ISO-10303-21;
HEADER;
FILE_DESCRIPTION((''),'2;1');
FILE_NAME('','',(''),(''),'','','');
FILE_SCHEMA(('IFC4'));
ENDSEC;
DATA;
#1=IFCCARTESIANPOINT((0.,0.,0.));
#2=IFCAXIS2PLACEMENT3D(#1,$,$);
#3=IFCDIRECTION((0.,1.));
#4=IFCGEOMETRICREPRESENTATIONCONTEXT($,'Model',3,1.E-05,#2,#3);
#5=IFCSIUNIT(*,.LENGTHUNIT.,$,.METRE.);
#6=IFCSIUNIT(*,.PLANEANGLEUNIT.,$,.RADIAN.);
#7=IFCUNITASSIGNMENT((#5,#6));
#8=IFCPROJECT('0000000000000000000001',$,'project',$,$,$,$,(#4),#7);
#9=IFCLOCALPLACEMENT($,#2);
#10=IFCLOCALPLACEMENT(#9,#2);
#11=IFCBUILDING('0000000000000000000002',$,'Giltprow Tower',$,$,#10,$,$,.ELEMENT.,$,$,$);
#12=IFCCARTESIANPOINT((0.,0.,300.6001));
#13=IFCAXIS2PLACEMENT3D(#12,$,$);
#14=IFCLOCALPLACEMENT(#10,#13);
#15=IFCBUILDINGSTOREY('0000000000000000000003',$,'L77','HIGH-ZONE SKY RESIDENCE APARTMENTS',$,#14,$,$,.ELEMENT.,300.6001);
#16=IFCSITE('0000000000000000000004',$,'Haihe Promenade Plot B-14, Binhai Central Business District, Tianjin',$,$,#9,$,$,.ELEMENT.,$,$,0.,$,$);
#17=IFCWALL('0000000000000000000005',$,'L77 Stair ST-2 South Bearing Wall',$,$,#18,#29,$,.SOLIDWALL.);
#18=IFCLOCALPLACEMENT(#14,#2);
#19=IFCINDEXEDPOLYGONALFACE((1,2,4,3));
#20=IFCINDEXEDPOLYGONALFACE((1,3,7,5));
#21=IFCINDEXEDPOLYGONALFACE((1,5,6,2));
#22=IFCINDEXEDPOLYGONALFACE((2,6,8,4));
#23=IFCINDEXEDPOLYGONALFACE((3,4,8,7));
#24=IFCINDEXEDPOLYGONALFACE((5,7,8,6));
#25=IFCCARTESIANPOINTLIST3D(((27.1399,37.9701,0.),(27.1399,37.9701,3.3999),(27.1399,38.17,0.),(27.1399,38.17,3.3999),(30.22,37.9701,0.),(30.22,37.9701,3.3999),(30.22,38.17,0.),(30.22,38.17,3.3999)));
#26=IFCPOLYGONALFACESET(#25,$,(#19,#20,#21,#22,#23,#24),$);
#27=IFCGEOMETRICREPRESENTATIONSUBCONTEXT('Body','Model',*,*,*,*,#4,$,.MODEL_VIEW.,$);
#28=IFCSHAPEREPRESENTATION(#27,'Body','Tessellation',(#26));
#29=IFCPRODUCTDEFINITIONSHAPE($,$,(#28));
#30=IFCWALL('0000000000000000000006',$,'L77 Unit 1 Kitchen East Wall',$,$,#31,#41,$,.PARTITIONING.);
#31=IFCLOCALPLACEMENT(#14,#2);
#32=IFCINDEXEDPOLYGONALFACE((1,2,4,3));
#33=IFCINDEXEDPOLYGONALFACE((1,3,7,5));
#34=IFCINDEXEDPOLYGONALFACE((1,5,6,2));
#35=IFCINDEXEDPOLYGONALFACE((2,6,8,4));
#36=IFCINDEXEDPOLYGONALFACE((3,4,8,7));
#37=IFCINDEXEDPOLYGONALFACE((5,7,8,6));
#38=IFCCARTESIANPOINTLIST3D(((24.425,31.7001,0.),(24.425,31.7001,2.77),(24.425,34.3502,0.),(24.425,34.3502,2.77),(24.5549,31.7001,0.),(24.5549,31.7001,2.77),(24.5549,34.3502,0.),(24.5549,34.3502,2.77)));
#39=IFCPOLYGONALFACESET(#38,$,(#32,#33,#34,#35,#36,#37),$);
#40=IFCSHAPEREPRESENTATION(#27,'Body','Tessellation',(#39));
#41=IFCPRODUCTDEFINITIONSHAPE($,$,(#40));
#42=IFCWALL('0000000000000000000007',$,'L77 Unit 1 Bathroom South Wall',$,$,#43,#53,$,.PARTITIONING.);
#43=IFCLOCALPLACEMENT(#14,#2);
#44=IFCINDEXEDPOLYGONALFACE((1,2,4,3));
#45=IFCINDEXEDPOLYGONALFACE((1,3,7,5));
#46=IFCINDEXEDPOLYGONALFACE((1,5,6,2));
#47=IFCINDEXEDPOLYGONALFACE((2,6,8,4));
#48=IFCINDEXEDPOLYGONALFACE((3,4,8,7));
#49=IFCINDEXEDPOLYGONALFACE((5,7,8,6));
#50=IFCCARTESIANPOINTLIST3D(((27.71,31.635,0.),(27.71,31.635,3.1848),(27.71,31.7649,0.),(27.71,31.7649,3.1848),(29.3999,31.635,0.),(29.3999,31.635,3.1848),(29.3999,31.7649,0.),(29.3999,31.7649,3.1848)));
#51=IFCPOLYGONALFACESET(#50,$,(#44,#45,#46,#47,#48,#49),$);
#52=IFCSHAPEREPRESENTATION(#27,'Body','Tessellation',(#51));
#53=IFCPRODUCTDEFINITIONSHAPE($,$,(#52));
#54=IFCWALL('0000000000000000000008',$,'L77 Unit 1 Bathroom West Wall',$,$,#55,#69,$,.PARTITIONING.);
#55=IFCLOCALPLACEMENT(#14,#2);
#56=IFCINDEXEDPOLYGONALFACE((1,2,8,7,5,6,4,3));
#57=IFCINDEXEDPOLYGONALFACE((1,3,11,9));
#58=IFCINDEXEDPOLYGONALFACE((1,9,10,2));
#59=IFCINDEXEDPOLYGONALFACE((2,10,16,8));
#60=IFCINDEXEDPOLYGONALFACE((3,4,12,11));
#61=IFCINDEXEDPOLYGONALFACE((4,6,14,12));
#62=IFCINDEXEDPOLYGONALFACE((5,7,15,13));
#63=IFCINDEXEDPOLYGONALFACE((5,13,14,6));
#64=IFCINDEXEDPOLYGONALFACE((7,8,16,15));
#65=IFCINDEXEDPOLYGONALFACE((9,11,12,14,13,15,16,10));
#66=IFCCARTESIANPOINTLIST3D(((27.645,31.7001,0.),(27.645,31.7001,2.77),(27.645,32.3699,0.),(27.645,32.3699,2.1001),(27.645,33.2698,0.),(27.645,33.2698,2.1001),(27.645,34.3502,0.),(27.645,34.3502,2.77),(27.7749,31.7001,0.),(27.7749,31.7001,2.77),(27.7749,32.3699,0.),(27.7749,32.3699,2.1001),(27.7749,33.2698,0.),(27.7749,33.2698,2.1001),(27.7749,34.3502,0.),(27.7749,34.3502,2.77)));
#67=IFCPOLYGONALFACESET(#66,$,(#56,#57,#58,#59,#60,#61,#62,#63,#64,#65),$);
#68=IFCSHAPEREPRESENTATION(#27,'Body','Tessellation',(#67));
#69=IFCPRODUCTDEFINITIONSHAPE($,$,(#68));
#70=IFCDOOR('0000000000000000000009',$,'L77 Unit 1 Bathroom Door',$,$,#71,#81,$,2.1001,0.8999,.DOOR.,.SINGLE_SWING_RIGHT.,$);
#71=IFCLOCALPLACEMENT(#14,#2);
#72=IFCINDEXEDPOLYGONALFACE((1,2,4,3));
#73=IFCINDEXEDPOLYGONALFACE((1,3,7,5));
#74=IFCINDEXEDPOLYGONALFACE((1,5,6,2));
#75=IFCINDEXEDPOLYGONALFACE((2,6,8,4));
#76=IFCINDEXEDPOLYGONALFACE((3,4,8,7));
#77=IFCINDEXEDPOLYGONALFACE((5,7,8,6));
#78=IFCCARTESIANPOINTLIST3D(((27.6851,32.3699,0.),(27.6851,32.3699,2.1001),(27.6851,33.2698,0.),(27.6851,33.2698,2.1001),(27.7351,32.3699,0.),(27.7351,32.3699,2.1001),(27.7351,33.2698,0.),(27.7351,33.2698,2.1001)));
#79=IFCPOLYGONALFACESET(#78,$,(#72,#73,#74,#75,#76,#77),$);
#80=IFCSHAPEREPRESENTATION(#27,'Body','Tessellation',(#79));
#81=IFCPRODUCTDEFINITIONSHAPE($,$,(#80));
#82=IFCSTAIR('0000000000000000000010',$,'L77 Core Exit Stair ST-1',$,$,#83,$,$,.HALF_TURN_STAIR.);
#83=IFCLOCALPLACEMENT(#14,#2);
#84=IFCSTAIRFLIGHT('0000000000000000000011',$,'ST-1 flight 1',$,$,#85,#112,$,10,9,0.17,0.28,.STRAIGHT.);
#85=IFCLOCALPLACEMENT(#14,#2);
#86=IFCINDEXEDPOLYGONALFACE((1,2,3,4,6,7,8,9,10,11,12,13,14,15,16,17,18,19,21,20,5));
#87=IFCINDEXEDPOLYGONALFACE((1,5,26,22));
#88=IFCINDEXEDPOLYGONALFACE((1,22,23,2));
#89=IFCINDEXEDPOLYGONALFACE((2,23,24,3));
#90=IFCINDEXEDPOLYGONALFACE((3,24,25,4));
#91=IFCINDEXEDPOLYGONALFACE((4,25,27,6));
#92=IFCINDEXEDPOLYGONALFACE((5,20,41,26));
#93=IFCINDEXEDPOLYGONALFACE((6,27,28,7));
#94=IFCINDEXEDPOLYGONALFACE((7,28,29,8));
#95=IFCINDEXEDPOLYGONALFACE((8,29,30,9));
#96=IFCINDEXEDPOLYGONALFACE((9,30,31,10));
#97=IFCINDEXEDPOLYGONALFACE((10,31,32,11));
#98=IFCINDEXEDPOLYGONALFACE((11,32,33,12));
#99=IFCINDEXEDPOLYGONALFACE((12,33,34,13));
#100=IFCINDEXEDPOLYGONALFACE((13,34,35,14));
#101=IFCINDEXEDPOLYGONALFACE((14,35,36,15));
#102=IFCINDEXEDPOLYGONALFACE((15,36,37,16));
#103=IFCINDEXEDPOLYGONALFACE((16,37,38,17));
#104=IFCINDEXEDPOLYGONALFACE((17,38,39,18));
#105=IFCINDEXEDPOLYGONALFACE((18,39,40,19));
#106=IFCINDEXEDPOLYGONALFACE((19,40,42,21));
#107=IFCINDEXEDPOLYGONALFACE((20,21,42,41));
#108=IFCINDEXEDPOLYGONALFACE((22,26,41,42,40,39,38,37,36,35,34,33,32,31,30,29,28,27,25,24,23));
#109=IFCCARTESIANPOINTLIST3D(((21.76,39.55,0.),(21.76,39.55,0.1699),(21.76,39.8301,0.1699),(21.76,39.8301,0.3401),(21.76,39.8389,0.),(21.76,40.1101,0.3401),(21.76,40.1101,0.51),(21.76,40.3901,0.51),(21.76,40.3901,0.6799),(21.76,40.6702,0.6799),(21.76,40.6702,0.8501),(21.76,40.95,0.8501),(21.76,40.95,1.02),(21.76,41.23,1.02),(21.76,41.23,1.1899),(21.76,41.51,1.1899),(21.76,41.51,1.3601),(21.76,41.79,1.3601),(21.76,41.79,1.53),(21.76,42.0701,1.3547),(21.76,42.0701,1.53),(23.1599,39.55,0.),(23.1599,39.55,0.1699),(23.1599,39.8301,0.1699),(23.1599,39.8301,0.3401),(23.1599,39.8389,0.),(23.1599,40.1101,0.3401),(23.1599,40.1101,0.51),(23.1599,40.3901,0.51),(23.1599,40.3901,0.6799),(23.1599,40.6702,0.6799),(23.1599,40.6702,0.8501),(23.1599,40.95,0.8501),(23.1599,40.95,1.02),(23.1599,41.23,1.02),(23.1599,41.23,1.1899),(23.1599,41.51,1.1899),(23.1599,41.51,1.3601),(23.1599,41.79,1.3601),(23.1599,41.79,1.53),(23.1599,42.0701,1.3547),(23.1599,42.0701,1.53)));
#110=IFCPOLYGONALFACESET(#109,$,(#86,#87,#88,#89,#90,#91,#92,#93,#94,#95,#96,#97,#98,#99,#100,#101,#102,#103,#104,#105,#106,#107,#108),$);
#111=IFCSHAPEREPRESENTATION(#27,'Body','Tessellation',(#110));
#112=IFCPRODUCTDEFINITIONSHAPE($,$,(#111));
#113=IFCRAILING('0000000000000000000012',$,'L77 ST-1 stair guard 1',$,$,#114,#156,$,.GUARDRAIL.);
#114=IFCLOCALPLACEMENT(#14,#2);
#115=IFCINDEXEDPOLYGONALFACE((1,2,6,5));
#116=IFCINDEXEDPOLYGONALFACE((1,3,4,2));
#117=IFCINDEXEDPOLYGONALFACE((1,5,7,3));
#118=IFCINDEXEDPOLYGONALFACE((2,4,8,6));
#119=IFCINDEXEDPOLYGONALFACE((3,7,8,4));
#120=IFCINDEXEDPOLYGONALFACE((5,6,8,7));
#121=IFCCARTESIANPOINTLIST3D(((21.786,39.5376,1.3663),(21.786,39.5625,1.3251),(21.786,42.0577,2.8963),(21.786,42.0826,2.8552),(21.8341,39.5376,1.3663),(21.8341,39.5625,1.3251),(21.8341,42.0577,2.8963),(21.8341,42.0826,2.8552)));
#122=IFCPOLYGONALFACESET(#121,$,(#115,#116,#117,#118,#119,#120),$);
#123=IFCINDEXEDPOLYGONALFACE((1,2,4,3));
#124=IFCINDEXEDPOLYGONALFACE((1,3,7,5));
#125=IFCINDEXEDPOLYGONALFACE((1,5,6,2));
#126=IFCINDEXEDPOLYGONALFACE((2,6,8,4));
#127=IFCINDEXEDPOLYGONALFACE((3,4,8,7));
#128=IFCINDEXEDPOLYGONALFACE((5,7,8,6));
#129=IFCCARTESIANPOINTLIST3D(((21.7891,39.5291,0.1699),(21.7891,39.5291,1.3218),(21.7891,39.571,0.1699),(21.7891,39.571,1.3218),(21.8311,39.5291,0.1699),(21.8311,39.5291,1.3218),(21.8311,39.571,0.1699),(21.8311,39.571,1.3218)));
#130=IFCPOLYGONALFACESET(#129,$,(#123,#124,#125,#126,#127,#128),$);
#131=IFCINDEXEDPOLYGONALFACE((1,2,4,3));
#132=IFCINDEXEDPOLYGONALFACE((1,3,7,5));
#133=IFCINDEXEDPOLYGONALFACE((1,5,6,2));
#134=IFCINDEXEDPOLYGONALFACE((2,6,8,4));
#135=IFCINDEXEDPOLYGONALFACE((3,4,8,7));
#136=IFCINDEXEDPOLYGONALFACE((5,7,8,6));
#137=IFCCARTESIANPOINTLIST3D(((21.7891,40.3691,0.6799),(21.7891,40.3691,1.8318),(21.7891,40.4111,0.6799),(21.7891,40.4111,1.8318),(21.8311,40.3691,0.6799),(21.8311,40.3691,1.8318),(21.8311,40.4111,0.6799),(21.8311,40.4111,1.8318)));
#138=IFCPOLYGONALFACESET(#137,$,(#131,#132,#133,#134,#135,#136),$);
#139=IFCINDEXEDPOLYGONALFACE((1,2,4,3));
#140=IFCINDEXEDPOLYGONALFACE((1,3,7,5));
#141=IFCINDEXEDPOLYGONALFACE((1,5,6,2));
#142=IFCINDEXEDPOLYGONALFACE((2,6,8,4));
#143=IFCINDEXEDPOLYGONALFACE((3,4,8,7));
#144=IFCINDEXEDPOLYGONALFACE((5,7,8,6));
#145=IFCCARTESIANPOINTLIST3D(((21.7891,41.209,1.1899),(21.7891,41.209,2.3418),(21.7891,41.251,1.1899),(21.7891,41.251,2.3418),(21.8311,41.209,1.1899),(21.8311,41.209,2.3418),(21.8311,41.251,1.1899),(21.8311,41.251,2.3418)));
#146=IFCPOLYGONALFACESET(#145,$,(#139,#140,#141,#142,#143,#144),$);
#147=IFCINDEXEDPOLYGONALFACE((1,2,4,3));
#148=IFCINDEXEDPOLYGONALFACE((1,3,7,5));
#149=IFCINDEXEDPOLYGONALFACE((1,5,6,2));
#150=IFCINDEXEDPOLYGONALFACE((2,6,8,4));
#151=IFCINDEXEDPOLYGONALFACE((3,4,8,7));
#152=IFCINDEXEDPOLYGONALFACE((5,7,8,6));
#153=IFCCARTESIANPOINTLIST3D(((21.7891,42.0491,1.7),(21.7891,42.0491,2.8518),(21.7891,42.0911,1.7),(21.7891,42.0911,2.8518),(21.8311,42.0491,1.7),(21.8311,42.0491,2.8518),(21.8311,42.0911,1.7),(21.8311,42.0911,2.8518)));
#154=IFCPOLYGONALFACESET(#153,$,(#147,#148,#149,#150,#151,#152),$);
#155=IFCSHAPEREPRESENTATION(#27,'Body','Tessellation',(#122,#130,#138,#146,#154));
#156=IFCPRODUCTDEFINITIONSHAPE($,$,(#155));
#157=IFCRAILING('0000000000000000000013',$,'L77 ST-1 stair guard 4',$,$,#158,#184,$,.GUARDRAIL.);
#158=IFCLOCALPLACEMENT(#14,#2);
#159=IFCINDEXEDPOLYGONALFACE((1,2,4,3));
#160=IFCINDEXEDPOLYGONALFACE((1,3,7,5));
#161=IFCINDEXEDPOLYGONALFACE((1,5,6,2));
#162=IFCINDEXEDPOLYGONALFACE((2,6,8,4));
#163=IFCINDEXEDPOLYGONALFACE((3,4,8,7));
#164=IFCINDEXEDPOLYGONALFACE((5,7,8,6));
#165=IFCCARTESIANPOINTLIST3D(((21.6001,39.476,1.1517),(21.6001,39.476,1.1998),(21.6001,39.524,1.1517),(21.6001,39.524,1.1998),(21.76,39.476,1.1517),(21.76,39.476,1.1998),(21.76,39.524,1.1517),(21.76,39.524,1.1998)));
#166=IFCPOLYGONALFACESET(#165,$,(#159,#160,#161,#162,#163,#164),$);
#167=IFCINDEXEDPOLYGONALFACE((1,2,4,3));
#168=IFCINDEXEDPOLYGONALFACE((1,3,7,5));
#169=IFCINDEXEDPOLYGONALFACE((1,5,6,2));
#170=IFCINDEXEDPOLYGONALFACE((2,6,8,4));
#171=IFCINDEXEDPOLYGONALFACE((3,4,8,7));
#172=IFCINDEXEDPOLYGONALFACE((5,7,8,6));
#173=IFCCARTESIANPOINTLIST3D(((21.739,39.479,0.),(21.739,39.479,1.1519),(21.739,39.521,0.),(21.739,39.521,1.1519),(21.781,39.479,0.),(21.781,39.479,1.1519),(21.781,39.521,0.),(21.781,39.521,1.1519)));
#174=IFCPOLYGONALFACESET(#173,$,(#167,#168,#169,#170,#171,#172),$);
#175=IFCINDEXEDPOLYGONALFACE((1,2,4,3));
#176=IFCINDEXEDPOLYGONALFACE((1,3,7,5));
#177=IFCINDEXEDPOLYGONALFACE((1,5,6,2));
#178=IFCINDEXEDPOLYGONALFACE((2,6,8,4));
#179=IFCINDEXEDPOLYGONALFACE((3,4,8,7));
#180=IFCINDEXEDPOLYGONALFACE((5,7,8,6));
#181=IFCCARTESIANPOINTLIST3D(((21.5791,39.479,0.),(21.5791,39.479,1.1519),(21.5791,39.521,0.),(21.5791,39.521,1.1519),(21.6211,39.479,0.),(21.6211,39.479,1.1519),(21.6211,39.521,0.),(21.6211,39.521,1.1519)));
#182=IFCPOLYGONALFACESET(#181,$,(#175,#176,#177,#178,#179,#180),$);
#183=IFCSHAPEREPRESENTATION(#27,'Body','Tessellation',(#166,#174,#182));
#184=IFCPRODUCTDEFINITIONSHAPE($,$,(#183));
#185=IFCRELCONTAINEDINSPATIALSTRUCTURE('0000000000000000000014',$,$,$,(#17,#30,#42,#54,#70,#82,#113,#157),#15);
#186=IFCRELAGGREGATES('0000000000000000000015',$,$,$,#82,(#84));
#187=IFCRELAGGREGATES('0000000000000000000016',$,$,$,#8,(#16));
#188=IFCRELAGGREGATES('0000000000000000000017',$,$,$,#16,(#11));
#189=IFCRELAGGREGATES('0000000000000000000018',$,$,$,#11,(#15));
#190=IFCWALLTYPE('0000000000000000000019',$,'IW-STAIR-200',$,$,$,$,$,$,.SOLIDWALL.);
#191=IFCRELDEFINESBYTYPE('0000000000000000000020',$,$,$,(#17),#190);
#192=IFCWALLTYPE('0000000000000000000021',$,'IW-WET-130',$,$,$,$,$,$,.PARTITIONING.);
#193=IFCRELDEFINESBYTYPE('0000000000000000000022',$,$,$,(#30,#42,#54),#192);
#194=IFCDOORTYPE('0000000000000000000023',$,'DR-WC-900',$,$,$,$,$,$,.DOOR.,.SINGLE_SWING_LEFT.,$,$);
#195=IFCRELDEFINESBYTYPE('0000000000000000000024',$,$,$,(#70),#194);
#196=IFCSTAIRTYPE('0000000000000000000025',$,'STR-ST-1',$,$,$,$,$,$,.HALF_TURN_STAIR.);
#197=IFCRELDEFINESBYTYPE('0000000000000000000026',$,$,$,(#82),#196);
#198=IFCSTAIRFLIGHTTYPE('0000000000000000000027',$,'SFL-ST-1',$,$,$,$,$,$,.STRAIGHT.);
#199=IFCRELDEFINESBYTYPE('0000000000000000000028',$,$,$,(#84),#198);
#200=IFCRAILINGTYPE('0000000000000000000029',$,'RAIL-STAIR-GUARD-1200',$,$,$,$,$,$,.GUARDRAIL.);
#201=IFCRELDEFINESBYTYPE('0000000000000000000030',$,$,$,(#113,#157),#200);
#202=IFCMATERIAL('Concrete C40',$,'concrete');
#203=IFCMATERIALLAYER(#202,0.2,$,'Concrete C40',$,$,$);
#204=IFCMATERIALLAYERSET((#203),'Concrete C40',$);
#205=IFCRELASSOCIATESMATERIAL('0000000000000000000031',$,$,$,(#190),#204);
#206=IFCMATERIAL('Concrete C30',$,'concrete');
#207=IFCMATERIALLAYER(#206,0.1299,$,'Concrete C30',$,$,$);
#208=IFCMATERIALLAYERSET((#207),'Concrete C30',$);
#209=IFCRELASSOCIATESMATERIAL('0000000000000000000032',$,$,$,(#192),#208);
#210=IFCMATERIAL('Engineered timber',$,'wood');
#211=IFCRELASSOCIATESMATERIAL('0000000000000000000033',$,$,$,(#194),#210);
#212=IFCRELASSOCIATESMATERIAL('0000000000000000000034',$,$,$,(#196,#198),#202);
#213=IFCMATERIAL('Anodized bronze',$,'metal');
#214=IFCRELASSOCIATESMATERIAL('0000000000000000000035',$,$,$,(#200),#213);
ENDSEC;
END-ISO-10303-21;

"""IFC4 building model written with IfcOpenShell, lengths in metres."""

from ifc_helpers import new_model, si_unit, direction, frame, frame_2d, origin, origin_2d, place, context, subcontext, project, spatial, polyline, rectangle, outline, extrude, source, transform, mapped, material, layer, layer_set, type_object, element, fill, aggregate, save


model = new_model("IFC4")

# Units and contexts
model_context = context("Model", 3, precision=1e-05, world=origin(), true_north=direction((0.0, 1.0)))
body_context = subcontext(model_context, "Body", "Model", "MODEL_VIEW")
ifc_project = project(units=[si_unit("LENGTHUNIT", "METRE"), si_unit("PLANEANGLEUNIT", "RADIAN")], contexts=[model_context])

# Site, building, storey
site_placement = place(None, origin())
site = spatial("IfcSite", under=ifc_project, at=site_placement, Name="Haihe Promenade Plot B-14, Binhai Central Business District, Tianjin", CompositionType="ELEMENT", RefElevation=0.0)
building_placement = place(site_placement, origin())
building = spatial("IfcBuilding", under=site, at=building_placement, Name="Giltprow Tower", CompositionType="ELEMENT")
storey_placement = place(building_placement, frame((0.0, 0.0, 300.6001)))
storey = spatial("IfcBuildingStorey", under=building, at=storey_placement, Name="L77", Description="HIGH-ZONE SKY RESIDENCE APARTMENTS", CompositionType="ELEMENT", Elevation=300.6001)

# Shared definitions
ifc_material_1 = material(Name="Concrete C40", Category="concrete")
ifc_layer_1 = layer(ifc_material_1, 0.2, Name="Concrete C40")
ifc_layer_set_1 = layer_set([ifc_layer_1], Name="Concrete C40")
wall_type_1 = type_object("IfcWallType", Name="IW-STAIR-200", PredefinedType="SOLIDWALL", material=ifc_layer_set_1)

# Walls
wall_1_placement = place(storey_placement, frame((27.1399, 38.0701, 0.0), z_axis=(0.0, 0.0, 1.0), x_axis=(1.0, 0.0, 0.0)))
element("IfcWall", 1, at=wall_1_placement, inside=storey, type_object=wall_type_1, Name="L77 Stair ST-2 South Bearing Wall", PredefinedType="SOLIDWALL", context=body_context, shape_type="SweptSolid", body=[
    extrude(rectangle(XDim=3.0801, YDim=0.2, at=frame_2d((1.54, 0.0))), origin(), (0.0, 0.0, 1.0), 3.3999),
])
ifc_material_2 = material(Name="Concrete C30", Category="concrete")
ifc_layer_2 = layer(ifc_material_2, 0.1299, Name="Concrete C30")
ifc_layer_set_2 = layer_set([ifc_layer_2], Name="Concrete C30")
wall_type_2 = type_object("IfcWallType", Name="IW-WET-130", PredefinedType="PARTITIONING", material=ifc_layer_set_2)
wall_2_placement = place(storey_placement, frame((24.49, 31.7, 0.0), z_axis=(0.0, 0.0, 1.0), x_axis=(0.0, 1.0, 0.0)))
element("IfcWall", 2, at=wall_2_placement, inside=storey, type_object=wall_type_2, Name="L77 Unit 1 Kitchen East Wall", PredefinedType="PARTITIONING", context=body_context, shape_type="SweptSolid", body=[
    extrude(rectangle(XDim=2.6501, YDim=0.1299, at=frame_2d((1.3252, 0.0))), origin(), (0.0, 0.0, 1.0), 2.77),
])
wall_3_placement = place(storey_placement, frame((27.71, 31.7, 0.0), z_axis=(0.0, 0.0, 1.0), x_axis=(1.0, 0.0, 0.0)))
element("IfcWall", 3, at=wall_3_placement, inside=storey, type_object=wall_type_2, Name="L77 Unit 1 Bathroom South Wall", PredefinedType="PARTITIONING", context=body_context, shape_type="SweptSolid", body=[
    extrude(rectangle(XDim=1.6899, YDim=0.1299, at=frame_2d((0.845, 0.0))), origin(), (0.0, 0.0, 1.0), 3.1848),
])

# Wall, opening, door
wall_4_placement = place(storey_placement, frame((27.71, 31.7, 0.0), z_axis=(0.0, 0.0, 1.0), x_axis=(0.0, 1.0, 0.0)))
wall_4 = element("IfcWall", 4, at=wall_4_placement, inside=storey, type_object=wall_type_2, Name="L77 Unit 1 Bathroom West Wall", PredefinedType="PARTITIONING", context=body_context, shape_type="SweptSolid", body=[
    extrude(rectangle(XDim=2.6501, YDim=0.1299, at=frame_2d((1.3252, 0.0))), origin(), (0.0, 0.0, 1.0), 2.77),
])
opening_1_placement = place(wall_4_placement, frame((0.6699, 0.0, 0.0)))
opening_1 = element("IfcOpeningElement", 5, at=opening_1_placement, cuts=wall_4, PredefinedType="OPENING", context=body_context, shape_type="SweptSolid", body=[
    extrude(rectangle(XDim=0.8999, YDim=2.1001, at=frame_2d((0.45, 1.05))), frame((0.0, 0.075, 0.0), z_axis=(0.0, -1.0, 0.0), x_axis=(1.0, 0.0, 0.0)), (0.0, 0.0, 1.0), 0.1499),
])
ifc_material_3 = material(Name="Engineered timber", Category="wood")
door_type_1 = type_object("IfcDoorType", Name="DR-WC-900", OperationType="SINGLE_SWING_LEFT", PredefinedType="DOOR", material=ifc_material_3)
shared_shape_1 = source(origin(), body_context, "Body", "SweptSolid", [
    extrude(rectangle(XDim=0.8999, YDim=2.1001, at=frame_2d((0.45, 1.05))), frame((0.0, 0.0249, 0.0), z_axis=(0.0, -1.0, 0.0), x_axis=(1.0, 0.0, 0.0)), (0.0, 0.0, 1.0), 0.05),
])
door_1_placement = place(opening_1_placement, origin())
door_1 = element("IfcDoor", 6, at=door_1_placement, inside=storey, type_object=door_type_1, Name="L77 Unit 1 Bathroom Door", OperationType="SINGLE_SWING_RIGHT", OverallHeight=2.1001, OverallWidth=0.8999, PredefinedType="DOOR", context=body_context, shape_type="MappedRepresentation", body=[
    mapped(shared_shape_1, transform((0.0, 0.0, 0.0), x_axis=(1.0, 0.0, 0.0), y_axis=(0.0, 1.0, 0.0), z_axis=(0.0, 0.0, 1.0), scale=1.0)),
])
fill(opening_1, door_1)

# Stair, stair flight
stair_type = type_object("IfcStairType", Name="STR-ST-1", PredefinedType="HALF_TURN_STAIR", material=ifc_material_1)
stair_placement = place(storey_placement, origin())
stair = element("IfcStair", 7, at=stair_placement, inside=storey, type_object=stair_type, Name="L77 Core Exit Stair ST-1", PredefinedType="HALF_TURN_STAIR")
stair_flight_type = type_object("IfcStairFlightType", Name="SFL-ST-1", PredefinedType="STRAIGHT", material=ifc_material_1)
stair_flight_placement = place(storey_placement, frame((22.46, 39.55, 0.0), z_axis=(0.0, 0.0, 1.0), x_axis=(0.0, 1.0, 0.0)))
stair_flight = element("IfcStairFlight", 8, at=stair_flight_placement, type_object=stair_flight_type, Name="ST-1 flight 1", NumberOfRisers=10, NumberOfTreads=9, PredefinedType="STRAIGHT", RiserHeight=0.17, TreadLength=0.28, context=body_context, shape_type="SweptSolid", body=[
    extrude(outline(polyline([(0.0, 0.0), (0.0, 0.1699), (0.28, 0.1699), (0.28, 0.3401), (0.5601, 0.3401), (0.5601, 0.51), (0.8401, 0.51), (0.8401, 0.6799), (1.1201, 0.6799), (1.1201, 0.8501), (1.3999, 0.8501), (1.3999, 1.02), (1.6799, 1.02), (1.6799, 1.1899), (1.96, 1.1899), (1.96, 1.3601), (2.24, 1.3601), (2.24, 1.53), (2.52, 1.53), (2.52, 1.7), (2.52, 1.3547), (0.2888, 0.0), (0.0, 0.0)])), frame((0.0, 0.7, 0.0), z_axis=(0.0, -1.0, 0.0), x_axis=(1.0, 0.0, 0.0)), (0.0, 0.0, 1.0), 1.3999),
])
aggregate(stair, [stair_flight])

# Railings
ifc_material_4 = material(Name="Anodized bronze", Category="metal")
railing_type_1 = type_object("IfcRailingType", Name="RAIL-STAIR-GUARD-1200", PredefinedType="GUARDRAIL", material=ifc_material_4)
railing_1_placement = place(storey_placement, frame((21.8101, 39.55, 0.1699)))
element("IfcRailing", 9, at=railing_1_placement, inside=storey, type_object=railing_type_1, Name="L77 ST-1 stair guard 1", PredefinedType="GUARDRAIL", context=body_context, shape_type="SweptSolid", body=[
    extrude(rectangle(XDim=0.0481, YDim=0.0481, at=origin_2d()), frame((0.0, 0.0, 1.1758), z_axis=(0.0, 0.854785, 0.518982), x_axis=(-1.0, 0.0, 0.0)), (0.0, 0.0, 1.0), 2.9482),
    extrude(rectangle(XDim=0.042, YDim=0.042, at=origin_2d()), origin(), (0.0, 0.0, 1.0), 1.1519),
    extrude(rectangle(XDim=0.042, YDim=0.042, at=origin_2d()), frame((0.0, 0.8401, 0.51)), (0.0, 0.0, 1.0), 1.1519),
    extrude(rectangle(XDim=0.042, YDim=0.042, at=origin_2d()), frame((0.0, 1.6799, 1.02)), (0.0, 0.0, 1.0), 1.1519),
    extrude(rectangle(XDim=0.042, YDim=0.042, at=origin_2d()), frame((0.0, 2.52, 1.53)), (0.0, 0.0, 1.0), 1.1519),
])
for number, where, name in (
    (10, (21.76, 39.5, 0.0), "L77 ST-1 stair guard 4"),
):
    element("IfcRailing", number, at=place(storey_placement, frame(where)), inside=storey, type_object=railing_type_1, Name=name, PredefinedType="GUARDRAIL", context=body_context, shape_type="SweptSolid", body=[
        extrude(rectangle(XDim=0.0481, YDim=0.0481, at=origin_2d()), frame((0.0, 0.0, 1.1758), z_axis=(-1.0, 0.0, 0.0), x_axis=(0.0, -1.0, 0.0)), (0.0, 0.0, 1.0), 0.1599),
        extrude(rectangle(XDim=0.042, YDim=0.042, at=origin_2d()), origin(), (0.0, 0.0, 1.0), 1.1519),
        extrude(rectangle(XDim=0.042, YDim=0.042, at=origin_2d()), frame((-0.1599, 0.0, 0.0)), (0.0, 0.0, 1.0), 1.1519),
    ])

save(model, "model.ifc")
